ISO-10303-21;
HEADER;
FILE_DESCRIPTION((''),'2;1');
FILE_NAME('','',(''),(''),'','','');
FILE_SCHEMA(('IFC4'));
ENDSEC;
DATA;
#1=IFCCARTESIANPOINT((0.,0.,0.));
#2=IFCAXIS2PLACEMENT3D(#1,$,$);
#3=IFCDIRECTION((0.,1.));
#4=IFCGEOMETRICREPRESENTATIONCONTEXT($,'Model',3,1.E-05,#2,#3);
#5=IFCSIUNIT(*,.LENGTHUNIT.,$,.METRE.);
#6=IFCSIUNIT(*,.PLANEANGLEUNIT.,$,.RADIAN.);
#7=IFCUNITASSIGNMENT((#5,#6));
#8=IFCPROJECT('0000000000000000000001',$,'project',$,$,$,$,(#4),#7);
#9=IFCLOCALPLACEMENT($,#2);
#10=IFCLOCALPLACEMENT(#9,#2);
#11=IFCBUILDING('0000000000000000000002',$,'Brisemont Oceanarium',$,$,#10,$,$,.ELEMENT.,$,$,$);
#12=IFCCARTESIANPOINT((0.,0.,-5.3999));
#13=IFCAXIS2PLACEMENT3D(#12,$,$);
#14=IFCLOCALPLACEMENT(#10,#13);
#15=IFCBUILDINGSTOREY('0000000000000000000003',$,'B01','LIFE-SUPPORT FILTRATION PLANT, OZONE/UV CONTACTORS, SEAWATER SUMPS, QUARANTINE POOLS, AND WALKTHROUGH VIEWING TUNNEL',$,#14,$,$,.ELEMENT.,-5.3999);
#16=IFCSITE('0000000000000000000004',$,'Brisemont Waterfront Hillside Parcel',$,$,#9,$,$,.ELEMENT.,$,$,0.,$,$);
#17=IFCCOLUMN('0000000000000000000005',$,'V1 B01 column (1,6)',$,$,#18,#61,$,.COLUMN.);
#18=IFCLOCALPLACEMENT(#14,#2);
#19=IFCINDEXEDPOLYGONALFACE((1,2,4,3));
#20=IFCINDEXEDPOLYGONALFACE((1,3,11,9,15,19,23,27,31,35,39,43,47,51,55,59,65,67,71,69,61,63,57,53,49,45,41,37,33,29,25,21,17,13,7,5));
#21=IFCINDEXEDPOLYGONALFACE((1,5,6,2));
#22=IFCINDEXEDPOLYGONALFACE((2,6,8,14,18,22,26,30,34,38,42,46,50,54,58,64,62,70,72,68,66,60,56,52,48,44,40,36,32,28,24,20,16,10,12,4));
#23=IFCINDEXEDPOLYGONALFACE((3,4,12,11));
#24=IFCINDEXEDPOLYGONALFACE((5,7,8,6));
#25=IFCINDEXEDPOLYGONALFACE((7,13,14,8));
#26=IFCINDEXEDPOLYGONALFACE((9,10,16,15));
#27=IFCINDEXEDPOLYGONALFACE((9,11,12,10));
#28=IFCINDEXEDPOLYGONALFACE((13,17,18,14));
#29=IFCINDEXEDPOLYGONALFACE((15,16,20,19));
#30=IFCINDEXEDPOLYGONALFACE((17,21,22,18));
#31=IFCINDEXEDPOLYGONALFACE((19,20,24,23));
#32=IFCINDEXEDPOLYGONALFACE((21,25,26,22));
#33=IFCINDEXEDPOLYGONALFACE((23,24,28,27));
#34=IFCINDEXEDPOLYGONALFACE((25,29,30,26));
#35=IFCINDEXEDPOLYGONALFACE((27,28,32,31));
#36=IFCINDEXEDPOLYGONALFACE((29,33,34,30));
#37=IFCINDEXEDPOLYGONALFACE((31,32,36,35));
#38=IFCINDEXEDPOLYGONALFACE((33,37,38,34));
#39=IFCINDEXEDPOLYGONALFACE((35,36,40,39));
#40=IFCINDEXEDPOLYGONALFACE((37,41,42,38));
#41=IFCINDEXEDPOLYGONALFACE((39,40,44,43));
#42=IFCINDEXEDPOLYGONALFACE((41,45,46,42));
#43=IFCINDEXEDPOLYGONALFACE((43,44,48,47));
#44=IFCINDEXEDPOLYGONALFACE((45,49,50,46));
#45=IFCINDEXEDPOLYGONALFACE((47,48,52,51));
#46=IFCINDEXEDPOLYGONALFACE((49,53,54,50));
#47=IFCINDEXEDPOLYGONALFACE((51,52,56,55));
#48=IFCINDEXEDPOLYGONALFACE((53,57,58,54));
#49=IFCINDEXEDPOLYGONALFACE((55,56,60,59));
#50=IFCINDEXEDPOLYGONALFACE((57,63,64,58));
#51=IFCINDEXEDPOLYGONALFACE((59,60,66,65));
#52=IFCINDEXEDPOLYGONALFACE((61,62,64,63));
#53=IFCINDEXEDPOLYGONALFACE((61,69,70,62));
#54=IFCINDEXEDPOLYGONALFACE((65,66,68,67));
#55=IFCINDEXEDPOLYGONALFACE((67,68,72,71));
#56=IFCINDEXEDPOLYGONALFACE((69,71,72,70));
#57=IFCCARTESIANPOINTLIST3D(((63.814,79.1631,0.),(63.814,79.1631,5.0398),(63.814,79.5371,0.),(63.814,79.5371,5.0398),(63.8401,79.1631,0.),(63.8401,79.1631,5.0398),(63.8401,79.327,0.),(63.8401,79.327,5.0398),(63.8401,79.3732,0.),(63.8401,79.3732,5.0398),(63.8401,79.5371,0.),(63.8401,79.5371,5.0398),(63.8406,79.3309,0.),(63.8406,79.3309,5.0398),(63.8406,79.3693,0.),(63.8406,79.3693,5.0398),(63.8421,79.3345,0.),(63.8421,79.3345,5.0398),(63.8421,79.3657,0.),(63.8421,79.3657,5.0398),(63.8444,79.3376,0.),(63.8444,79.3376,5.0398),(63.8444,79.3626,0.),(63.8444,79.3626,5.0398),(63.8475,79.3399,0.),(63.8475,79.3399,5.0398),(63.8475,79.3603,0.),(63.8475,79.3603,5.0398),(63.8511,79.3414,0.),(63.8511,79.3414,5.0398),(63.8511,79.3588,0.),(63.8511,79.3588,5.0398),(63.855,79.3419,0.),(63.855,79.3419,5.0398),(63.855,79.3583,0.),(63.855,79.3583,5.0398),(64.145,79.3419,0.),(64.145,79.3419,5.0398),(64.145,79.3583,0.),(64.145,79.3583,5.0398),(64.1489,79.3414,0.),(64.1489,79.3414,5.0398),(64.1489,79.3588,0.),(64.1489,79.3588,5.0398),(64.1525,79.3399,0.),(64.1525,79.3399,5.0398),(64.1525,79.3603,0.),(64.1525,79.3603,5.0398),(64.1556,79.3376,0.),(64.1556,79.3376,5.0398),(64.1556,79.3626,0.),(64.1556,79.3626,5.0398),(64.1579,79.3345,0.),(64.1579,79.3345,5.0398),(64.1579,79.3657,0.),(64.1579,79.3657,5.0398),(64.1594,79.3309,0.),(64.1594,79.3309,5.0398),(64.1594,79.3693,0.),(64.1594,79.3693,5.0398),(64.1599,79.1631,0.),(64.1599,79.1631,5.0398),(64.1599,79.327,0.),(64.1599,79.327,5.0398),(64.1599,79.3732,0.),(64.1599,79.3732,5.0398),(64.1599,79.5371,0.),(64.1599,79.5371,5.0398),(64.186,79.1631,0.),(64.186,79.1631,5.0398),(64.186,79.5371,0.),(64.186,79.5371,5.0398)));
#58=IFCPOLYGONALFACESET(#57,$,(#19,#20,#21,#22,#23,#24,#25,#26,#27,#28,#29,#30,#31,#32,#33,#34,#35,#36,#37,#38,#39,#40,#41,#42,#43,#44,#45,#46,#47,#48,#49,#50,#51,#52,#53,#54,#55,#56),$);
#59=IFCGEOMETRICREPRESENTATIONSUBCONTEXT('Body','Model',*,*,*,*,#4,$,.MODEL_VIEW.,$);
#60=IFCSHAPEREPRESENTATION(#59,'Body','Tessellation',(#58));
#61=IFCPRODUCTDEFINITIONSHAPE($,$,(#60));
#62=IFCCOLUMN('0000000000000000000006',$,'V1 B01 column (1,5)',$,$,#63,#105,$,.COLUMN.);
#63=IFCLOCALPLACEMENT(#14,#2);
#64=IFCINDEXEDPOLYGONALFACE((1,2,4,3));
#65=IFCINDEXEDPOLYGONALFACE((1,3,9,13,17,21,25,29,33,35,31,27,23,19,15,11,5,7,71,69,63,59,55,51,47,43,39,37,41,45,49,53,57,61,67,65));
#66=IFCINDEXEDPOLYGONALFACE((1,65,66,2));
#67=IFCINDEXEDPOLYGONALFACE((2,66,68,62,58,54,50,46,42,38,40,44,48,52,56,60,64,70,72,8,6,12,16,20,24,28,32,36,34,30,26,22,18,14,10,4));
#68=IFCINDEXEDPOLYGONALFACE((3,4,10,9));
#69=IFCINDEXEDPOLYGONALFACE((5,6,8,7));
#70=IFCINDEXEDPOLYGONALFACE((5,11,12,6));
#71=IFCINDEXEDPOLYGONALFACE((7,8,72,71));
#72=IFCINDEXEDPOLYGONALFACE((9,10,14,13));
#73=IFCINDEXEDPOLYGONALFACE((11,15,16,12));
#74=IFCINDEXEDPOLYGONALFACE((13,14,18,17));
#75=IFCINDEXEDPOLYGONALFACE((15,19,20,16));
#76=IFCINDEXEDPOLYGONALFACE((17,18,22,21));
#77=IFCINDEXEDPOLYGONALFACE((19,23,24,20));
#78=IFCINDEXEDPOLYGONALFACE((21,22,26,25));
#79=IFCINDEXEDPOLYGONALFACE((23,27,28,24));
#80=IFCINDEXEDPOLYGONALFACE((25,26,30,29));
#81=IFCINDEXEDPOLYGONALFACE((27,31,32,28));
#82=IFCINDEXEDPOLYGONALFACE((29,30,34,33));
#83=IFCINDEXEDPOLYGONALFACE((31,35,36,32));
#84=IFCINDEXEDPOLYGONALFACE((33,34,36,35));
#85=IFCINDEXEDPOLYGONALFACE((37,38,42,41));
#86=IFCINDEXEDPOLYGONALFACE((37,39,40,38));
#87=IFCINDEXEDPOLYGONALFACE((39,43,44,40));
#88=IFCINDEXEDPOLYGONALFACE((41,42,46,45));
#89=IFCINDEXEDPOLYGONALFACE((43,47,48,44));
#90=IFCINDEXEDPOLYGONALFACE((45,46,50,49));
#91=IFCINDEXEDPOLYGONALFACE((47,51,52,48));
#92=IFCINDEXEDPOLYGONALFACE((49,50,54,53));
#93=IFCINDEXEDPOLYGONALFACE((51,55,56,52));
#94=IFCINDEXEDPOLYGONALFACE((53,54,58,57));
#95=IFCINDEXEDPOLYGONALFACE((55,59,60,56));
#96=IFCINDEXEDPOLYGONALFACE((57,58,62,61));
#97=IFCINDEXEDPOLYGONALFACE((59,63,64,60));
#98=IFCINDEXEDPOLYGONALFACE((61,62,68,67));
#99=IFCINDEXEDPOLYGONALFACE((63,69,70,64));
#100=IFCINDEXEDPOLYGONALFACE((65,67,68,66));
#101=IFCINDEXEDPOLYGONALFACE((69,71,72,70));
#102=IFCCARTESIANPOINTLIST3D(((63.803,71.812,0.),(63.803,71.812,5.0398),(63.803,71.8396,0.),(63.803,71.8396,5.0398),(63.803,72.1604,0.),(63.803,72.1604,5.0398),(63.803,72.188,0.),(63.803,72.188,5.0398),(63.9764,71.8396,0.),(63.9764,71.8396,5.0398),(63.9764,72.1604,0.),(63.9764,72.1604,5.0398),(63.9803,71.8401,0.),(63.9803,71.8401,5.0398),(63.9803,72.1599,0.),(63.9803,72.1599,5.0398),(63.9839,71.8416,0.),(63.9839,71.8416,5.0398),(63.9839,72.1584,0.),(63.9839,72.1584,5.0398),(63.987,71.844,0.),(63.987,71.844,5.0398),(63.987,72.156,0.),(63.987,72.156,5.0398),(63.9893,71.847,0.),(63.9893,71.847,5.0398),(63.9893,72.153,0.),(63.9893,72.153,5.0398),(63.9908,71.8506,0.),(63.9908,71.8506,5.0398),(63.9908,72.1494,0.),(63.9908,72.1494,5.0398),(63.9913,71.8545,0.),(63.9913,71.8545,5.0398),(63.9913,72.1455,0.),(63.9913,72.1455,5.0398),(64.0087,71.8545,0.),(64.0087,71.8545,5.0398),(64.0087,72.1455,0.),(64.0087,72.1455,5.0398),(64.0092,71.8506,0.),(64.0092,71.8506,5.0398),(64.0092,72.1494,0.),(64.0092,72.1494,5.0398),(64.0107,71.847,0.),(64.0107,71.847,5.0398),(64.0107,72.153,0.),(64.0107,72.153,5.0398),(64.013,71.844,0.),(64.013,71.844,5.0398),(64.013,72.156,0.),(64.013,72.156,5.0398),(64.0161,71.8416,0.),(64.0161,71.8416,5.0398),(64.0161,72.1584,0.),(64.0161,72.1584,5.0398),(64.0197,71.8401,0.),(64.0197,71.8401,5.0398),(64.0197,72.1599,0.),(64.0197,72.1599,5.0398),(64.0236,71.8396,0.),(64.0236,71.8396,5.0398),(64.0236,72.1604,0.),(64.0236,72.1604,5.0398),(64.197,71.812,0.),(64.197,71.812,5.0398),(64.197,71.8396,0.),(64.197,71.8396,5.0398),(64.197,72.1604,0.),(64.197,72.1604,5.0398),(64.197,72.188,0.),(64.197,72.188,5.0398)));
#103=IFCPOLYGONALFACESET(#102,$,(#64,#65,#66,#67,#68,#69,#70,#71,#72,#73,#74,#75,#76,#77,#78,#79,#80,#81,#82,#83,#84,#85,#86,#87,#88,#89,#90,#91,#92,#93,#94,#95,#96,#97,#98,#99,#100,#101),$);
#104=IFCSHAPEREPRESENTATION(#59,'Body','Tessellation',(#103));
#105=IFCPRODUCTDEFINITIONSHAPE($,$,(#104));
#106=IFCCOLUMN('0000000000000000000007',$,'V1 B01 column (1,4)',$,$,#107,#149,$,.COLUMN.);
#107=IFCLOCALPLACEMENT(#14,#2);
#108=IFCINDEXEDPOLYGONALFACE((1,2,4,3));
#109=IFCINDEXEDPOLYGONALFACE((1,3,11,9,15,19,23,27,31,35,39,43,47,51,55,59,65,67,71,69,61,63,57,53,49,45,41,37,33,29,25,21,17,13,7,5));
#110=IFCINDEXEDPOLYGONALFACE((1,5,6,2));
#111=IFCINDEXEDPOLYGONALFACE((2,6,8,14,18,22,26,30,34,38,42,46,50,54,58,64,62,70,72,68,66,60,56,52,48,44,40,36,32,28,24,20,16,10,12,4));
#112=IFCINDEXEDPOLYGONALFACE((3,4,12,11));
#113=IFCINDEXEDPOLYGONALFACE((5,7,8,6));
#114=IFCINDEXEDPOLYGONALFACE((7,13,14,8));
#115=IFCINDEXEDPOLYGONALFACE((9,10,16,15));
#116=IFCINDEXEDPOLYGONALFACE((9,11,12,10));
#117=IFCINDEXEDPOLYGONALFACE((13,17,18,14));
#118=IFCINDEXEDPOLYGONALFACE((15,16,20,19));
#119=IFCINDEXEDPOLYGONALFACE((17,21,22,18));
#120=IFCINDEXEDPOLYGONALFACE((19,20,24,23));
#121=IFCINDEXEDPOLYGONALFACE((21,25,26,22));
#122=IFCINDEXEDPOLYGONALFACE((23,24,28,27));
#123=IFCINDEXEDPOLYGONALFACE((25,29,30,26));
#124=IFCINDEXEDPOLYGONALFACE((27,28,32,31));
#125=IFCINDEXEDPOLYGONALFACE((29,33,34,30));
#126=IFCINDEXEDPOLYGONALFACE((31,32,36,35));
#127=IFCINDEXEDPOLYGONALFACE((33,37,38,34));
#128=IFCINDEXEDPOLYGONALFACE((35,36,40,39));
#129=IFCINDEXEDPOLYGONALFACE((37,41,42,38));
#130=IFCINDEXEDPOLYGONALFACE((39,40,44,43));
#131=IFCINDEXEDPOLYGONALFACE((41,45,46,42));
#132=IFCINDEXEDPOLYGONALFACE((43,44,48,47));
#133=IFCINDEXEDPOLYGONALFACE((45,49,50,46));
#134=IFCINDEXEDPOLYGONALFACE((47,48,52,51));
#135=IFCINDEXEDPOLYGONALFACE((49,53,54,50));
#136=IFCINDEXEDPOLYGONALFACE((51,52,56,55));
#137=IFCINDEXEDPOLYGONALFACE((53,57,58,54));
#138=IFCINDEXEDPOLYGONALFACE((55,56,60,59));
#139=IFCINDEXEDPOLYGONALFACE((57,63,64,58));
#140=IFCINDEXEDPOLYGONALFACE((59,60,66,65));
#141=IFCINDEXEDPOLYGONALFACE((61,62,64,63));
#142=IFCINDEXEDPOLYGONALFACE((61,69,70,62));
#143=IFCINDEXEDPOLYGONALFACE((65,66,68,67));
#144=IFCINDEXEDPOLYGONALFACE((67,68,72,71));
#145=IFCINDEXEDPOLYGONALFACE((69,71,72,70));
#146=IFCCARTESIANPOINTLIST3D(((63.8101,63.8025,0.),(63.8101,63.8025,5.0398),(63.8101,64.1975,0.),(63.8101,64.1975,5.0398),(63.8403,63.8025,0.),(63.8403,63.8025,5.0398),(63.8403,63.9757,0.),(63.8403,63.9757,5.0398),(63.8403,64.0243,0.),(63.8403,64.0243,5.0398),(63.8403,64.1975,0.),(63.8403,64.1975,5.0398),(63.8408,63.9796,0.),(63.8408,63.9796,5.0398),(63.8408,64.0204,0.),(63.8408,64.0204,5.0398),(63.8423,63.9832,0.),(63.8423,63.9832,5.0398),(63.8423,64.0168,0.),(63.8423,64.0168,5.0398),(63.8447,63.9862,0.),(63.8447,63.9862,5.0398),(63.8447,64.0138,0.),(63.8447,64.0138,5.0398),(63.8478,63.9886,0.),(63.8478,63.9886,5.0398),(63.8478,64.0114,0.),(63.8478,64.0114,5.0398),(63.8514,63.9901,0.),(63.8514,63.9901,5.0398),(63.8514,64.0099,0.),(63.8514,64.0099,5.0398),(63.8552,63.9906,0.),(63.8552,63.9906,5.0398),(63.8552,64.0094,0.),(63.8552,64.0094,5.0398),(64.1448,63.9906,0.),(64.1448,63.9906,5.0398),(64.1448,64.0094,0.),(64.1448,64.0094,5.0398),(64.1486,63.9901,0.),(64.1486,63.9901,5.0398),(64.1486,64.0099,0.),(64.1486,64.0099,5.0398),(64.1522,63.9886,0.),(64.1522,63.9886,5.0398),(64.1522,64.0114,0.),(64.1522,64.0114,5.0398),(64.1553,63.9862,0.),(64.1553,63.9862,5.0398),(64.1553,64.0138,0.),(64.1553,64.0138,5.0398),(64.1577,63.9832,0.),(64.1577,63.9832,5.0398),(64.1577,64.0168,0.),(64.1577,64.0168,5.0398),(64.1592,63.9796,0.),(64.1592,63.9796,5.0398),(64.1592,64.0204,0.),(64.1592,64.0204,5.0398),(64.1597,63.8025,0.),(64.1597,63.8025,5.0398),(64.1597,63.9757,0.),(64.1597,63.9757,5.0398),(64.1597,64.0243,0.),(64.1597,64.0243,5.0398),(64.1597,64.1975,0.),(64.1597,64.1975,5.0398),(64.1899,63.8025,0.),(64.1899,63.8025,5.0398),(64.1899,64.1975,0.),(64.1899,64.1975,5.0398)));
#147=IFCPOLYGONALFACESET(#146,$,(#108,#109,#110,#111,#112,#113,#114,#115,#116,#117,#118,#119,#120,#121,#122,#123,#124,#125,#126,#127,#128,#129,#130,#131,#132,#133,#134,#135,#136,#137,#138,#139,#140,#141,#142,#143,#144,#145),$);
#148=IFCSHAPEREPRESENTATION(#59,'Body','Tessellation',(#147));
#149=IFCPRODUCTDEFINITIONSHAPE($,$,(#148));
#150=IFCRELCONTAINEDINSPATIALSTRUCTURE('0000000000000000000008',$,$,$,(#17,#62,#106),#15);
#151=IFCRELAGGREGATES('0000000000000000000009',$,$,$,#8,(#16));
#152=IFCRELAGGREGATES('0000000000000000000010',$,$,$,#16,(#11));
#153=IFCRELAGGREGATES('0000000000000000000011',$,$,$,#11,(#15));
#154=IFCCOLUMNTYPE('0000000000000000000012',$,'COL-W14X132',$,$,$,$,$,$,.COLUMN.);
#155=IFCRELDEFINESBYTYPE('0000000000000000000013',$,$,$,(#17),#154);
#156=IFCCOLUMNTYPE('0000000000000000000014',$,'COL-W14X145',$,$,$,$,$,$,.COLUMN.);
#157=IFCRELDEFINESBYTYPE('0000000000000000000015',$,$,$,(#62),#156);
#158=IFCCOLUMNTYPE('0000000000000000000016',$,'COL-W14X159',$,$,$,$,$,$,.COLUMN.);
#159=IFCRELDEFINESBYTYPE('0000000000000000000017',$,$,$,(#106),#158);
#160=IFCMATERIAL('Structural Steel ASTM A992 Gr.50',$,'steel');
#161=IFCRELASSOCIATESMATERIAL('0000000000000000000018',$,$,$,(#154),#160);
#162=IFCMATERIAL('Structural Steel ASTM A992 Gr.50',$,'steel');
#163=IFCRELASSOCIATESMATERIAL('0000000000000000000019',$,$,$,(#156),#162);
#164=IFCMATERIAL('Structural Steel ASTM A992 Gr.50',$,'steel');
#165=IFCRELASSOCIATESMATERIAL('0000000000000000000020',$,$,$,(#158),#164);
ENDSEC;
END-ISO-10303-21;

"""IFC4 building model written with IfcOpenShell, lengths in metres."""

from ifc_helpers import new_model, si_unit, direction, frame, origin, origin_2d, place, context, subcontext, project, spatial, i_section, extrude, material, material_profile, profile_set, type_object, element, save


model = new_model("IFC4")

# Units and contexts
model_context = context("Model", 3, precision=1e-05, world=origin(), true_north=direction((0.0, 1.0)))
body_context = subcontext(model_context, "Body", "Model", "MODEL_VIEW")
ifc_project = project(units=[si_unit("LENGTHUNIT", "METRE"), si_unit("PLANEANGLEUNIT", "RADIAN")], contexts=[model_context])

# Site, building, storey
site_placement = place(None, origin())
site = spatial("IfcSite", under=ifc_project, at=site_placement, Name="Brisemont Waterfront Hillside Parcel", CompositionType="ELEMENT", RefElevation=0.0)
building_placement = place(site_placement, origin())
building = spatial("IfcBuilding", under=site, at=building_placement, Name="Brisemont Oceanarium", CompositionType="ELEMENT")
storey_placement = place(building_placement, frame((0.0, 0.0, -5.3999)))
storey = spatial("IfcBuildingStorey", under=building, at=storey_placement, Name="B01", Description="LIFE-SUPPORT FILTRATION PLANT, OZONE/UV CONTACTORS, SEAWATER SUMPS, QUARANTINE POOLS, AND WALKTHROUGH VIEWING TUNNEL", CompositionType="ELEMENT", Elevation=-5.3999)

# Columns
ifc_material_1 = material(Name="Structural Steel ASTM A992 Gr.50", Category="steel")
ifc_material_profile_1 = material_profile(ifc_material_1, i_section(OverallWidth=0.374, OverallDepth=0.3721, WebThickness=0.0164, FlangeThickness=0.0261, FilletRadius=0.0149, at=origin_2d()), Name="W14X132")
ifc_profile_set_1 = profile_set([ifc_material_profile_1], Name="Structural Steel ASTM A992 Gr.50")
column_type_1 = type_object("IfcColumnType", Name="COL-W14X132", PredefinedType="COLUMN", material=ifc_profile_set_1)
column_1_placement = place(storey_placement, frame((64.0, 79.3501, 0.0), z_axis=(0.0, 0.0, 1.0), x_axis=(0.0, 1.0, 0.0)))
element("IfcColumn", 1, at=column_1_placement, inside=storey, type_object=column_type_1, Name="V1 B01 column (1,6)", PredefinedType="COLUMN", context=body_context, shape_type="SweptSolid", body=[
    extrude(i_section(OverallWidth=0.374, OverallDepth=0.3721, WebThickness=0.0164, FlangeThickness=0.0261, FilletRadius=0.0149, at=origin_2d()), origin(), (0.0, 0.0, 1.0), 5.0398),
])
ifc_material_2 = material(Name="Structural Steel ASTM A992 Gr.50", Category="steel")
ifc_material_profile_2 = material_profile(ifc_material_2, i_section(OverallWidth=0.394, OverallDepth=0.376, WebThickness=0.0173, FlangeThickness=0.0276, FilletRadius=0.0149, at=origin_2d()), Name="W14X145")
ifc_profile_set_2 = profile_set([ifc_material_profile_2], Name="Structural Steel ASTM A992 Gr.50")
column_type_2 = type_object("IfcColumnType", Name="COL-W14X145", PredefinedType="COLUMN", material=ifc_profile_set_2)
column_2_placement = place(storey_placement, frame((64.0, 72.0, 0.0), z_axis=(0.0, 0.0, 1.0), x_axis=(1.0, 0.0, 0.0)))
element("IfcColumn", 2, at=column_2_placement, inside=storey, type_object=column_type_2, Name="V1 B01 column (1,5)", PredefinedType="COLUMN", context=body_context, shape_type="SweptSolid", body=[
    extrude(i_section(OverallWidth=0.394, OverallDepth=0.376, WebThickness=0.0173, FlangeThickness=0.0276, FilletRadius=0.0149, at=origin_2d()), origin(), (0.0, 0.0, 1.0), 5.0398),
])
ifc_material_3 = material(Name="Structural Steel ASTM A992 Gr.50", Category="steel")
ifc_material_profile_3 = material_profile(ifc_material_3, i_section(OverallWidth=0.395, OverallDepth=0.3799, WebThickness=0.0188, FlangeThickness=0.0303, FilletRadius=0.0149, at=origin_2d()), Name="W14X159")
ifc_profile_set_3 = profile_set([ifc_material_profile_3], Name="Structural Steel ASTM A992 Gr.50")
column_type_3 = type_object("IfcColumnType", Name="COL-W14X159", PredefinedType="COLUMN", material=ifc_profile_set_3)
column_3_placement = place(storey_placement, frame((64.0, 64.0, 0.0), z_axis=(0.0, 0.0, 1.0), x_axis=(0.0, 1.0, 0.0)))
element("IfcColumn", 3, at=column_3_placement, inside=storey, type_object=column_type_3, Name="V1 B01 column (1,4)", PredefinedType="COLUMN", context=body_context, shape_type="SweptSolid", body=[
    extrude(i_section(OverallWidth=0.395, OverallDepth=0.3799, WebThickness=0.0188, FlangeThickness=0.0303, FilletRadius=0.0149, at=origin_2d()), origin(), (0.0, 0.0, 1.0), 5.0398),
])

save(model, "model.ifc")
